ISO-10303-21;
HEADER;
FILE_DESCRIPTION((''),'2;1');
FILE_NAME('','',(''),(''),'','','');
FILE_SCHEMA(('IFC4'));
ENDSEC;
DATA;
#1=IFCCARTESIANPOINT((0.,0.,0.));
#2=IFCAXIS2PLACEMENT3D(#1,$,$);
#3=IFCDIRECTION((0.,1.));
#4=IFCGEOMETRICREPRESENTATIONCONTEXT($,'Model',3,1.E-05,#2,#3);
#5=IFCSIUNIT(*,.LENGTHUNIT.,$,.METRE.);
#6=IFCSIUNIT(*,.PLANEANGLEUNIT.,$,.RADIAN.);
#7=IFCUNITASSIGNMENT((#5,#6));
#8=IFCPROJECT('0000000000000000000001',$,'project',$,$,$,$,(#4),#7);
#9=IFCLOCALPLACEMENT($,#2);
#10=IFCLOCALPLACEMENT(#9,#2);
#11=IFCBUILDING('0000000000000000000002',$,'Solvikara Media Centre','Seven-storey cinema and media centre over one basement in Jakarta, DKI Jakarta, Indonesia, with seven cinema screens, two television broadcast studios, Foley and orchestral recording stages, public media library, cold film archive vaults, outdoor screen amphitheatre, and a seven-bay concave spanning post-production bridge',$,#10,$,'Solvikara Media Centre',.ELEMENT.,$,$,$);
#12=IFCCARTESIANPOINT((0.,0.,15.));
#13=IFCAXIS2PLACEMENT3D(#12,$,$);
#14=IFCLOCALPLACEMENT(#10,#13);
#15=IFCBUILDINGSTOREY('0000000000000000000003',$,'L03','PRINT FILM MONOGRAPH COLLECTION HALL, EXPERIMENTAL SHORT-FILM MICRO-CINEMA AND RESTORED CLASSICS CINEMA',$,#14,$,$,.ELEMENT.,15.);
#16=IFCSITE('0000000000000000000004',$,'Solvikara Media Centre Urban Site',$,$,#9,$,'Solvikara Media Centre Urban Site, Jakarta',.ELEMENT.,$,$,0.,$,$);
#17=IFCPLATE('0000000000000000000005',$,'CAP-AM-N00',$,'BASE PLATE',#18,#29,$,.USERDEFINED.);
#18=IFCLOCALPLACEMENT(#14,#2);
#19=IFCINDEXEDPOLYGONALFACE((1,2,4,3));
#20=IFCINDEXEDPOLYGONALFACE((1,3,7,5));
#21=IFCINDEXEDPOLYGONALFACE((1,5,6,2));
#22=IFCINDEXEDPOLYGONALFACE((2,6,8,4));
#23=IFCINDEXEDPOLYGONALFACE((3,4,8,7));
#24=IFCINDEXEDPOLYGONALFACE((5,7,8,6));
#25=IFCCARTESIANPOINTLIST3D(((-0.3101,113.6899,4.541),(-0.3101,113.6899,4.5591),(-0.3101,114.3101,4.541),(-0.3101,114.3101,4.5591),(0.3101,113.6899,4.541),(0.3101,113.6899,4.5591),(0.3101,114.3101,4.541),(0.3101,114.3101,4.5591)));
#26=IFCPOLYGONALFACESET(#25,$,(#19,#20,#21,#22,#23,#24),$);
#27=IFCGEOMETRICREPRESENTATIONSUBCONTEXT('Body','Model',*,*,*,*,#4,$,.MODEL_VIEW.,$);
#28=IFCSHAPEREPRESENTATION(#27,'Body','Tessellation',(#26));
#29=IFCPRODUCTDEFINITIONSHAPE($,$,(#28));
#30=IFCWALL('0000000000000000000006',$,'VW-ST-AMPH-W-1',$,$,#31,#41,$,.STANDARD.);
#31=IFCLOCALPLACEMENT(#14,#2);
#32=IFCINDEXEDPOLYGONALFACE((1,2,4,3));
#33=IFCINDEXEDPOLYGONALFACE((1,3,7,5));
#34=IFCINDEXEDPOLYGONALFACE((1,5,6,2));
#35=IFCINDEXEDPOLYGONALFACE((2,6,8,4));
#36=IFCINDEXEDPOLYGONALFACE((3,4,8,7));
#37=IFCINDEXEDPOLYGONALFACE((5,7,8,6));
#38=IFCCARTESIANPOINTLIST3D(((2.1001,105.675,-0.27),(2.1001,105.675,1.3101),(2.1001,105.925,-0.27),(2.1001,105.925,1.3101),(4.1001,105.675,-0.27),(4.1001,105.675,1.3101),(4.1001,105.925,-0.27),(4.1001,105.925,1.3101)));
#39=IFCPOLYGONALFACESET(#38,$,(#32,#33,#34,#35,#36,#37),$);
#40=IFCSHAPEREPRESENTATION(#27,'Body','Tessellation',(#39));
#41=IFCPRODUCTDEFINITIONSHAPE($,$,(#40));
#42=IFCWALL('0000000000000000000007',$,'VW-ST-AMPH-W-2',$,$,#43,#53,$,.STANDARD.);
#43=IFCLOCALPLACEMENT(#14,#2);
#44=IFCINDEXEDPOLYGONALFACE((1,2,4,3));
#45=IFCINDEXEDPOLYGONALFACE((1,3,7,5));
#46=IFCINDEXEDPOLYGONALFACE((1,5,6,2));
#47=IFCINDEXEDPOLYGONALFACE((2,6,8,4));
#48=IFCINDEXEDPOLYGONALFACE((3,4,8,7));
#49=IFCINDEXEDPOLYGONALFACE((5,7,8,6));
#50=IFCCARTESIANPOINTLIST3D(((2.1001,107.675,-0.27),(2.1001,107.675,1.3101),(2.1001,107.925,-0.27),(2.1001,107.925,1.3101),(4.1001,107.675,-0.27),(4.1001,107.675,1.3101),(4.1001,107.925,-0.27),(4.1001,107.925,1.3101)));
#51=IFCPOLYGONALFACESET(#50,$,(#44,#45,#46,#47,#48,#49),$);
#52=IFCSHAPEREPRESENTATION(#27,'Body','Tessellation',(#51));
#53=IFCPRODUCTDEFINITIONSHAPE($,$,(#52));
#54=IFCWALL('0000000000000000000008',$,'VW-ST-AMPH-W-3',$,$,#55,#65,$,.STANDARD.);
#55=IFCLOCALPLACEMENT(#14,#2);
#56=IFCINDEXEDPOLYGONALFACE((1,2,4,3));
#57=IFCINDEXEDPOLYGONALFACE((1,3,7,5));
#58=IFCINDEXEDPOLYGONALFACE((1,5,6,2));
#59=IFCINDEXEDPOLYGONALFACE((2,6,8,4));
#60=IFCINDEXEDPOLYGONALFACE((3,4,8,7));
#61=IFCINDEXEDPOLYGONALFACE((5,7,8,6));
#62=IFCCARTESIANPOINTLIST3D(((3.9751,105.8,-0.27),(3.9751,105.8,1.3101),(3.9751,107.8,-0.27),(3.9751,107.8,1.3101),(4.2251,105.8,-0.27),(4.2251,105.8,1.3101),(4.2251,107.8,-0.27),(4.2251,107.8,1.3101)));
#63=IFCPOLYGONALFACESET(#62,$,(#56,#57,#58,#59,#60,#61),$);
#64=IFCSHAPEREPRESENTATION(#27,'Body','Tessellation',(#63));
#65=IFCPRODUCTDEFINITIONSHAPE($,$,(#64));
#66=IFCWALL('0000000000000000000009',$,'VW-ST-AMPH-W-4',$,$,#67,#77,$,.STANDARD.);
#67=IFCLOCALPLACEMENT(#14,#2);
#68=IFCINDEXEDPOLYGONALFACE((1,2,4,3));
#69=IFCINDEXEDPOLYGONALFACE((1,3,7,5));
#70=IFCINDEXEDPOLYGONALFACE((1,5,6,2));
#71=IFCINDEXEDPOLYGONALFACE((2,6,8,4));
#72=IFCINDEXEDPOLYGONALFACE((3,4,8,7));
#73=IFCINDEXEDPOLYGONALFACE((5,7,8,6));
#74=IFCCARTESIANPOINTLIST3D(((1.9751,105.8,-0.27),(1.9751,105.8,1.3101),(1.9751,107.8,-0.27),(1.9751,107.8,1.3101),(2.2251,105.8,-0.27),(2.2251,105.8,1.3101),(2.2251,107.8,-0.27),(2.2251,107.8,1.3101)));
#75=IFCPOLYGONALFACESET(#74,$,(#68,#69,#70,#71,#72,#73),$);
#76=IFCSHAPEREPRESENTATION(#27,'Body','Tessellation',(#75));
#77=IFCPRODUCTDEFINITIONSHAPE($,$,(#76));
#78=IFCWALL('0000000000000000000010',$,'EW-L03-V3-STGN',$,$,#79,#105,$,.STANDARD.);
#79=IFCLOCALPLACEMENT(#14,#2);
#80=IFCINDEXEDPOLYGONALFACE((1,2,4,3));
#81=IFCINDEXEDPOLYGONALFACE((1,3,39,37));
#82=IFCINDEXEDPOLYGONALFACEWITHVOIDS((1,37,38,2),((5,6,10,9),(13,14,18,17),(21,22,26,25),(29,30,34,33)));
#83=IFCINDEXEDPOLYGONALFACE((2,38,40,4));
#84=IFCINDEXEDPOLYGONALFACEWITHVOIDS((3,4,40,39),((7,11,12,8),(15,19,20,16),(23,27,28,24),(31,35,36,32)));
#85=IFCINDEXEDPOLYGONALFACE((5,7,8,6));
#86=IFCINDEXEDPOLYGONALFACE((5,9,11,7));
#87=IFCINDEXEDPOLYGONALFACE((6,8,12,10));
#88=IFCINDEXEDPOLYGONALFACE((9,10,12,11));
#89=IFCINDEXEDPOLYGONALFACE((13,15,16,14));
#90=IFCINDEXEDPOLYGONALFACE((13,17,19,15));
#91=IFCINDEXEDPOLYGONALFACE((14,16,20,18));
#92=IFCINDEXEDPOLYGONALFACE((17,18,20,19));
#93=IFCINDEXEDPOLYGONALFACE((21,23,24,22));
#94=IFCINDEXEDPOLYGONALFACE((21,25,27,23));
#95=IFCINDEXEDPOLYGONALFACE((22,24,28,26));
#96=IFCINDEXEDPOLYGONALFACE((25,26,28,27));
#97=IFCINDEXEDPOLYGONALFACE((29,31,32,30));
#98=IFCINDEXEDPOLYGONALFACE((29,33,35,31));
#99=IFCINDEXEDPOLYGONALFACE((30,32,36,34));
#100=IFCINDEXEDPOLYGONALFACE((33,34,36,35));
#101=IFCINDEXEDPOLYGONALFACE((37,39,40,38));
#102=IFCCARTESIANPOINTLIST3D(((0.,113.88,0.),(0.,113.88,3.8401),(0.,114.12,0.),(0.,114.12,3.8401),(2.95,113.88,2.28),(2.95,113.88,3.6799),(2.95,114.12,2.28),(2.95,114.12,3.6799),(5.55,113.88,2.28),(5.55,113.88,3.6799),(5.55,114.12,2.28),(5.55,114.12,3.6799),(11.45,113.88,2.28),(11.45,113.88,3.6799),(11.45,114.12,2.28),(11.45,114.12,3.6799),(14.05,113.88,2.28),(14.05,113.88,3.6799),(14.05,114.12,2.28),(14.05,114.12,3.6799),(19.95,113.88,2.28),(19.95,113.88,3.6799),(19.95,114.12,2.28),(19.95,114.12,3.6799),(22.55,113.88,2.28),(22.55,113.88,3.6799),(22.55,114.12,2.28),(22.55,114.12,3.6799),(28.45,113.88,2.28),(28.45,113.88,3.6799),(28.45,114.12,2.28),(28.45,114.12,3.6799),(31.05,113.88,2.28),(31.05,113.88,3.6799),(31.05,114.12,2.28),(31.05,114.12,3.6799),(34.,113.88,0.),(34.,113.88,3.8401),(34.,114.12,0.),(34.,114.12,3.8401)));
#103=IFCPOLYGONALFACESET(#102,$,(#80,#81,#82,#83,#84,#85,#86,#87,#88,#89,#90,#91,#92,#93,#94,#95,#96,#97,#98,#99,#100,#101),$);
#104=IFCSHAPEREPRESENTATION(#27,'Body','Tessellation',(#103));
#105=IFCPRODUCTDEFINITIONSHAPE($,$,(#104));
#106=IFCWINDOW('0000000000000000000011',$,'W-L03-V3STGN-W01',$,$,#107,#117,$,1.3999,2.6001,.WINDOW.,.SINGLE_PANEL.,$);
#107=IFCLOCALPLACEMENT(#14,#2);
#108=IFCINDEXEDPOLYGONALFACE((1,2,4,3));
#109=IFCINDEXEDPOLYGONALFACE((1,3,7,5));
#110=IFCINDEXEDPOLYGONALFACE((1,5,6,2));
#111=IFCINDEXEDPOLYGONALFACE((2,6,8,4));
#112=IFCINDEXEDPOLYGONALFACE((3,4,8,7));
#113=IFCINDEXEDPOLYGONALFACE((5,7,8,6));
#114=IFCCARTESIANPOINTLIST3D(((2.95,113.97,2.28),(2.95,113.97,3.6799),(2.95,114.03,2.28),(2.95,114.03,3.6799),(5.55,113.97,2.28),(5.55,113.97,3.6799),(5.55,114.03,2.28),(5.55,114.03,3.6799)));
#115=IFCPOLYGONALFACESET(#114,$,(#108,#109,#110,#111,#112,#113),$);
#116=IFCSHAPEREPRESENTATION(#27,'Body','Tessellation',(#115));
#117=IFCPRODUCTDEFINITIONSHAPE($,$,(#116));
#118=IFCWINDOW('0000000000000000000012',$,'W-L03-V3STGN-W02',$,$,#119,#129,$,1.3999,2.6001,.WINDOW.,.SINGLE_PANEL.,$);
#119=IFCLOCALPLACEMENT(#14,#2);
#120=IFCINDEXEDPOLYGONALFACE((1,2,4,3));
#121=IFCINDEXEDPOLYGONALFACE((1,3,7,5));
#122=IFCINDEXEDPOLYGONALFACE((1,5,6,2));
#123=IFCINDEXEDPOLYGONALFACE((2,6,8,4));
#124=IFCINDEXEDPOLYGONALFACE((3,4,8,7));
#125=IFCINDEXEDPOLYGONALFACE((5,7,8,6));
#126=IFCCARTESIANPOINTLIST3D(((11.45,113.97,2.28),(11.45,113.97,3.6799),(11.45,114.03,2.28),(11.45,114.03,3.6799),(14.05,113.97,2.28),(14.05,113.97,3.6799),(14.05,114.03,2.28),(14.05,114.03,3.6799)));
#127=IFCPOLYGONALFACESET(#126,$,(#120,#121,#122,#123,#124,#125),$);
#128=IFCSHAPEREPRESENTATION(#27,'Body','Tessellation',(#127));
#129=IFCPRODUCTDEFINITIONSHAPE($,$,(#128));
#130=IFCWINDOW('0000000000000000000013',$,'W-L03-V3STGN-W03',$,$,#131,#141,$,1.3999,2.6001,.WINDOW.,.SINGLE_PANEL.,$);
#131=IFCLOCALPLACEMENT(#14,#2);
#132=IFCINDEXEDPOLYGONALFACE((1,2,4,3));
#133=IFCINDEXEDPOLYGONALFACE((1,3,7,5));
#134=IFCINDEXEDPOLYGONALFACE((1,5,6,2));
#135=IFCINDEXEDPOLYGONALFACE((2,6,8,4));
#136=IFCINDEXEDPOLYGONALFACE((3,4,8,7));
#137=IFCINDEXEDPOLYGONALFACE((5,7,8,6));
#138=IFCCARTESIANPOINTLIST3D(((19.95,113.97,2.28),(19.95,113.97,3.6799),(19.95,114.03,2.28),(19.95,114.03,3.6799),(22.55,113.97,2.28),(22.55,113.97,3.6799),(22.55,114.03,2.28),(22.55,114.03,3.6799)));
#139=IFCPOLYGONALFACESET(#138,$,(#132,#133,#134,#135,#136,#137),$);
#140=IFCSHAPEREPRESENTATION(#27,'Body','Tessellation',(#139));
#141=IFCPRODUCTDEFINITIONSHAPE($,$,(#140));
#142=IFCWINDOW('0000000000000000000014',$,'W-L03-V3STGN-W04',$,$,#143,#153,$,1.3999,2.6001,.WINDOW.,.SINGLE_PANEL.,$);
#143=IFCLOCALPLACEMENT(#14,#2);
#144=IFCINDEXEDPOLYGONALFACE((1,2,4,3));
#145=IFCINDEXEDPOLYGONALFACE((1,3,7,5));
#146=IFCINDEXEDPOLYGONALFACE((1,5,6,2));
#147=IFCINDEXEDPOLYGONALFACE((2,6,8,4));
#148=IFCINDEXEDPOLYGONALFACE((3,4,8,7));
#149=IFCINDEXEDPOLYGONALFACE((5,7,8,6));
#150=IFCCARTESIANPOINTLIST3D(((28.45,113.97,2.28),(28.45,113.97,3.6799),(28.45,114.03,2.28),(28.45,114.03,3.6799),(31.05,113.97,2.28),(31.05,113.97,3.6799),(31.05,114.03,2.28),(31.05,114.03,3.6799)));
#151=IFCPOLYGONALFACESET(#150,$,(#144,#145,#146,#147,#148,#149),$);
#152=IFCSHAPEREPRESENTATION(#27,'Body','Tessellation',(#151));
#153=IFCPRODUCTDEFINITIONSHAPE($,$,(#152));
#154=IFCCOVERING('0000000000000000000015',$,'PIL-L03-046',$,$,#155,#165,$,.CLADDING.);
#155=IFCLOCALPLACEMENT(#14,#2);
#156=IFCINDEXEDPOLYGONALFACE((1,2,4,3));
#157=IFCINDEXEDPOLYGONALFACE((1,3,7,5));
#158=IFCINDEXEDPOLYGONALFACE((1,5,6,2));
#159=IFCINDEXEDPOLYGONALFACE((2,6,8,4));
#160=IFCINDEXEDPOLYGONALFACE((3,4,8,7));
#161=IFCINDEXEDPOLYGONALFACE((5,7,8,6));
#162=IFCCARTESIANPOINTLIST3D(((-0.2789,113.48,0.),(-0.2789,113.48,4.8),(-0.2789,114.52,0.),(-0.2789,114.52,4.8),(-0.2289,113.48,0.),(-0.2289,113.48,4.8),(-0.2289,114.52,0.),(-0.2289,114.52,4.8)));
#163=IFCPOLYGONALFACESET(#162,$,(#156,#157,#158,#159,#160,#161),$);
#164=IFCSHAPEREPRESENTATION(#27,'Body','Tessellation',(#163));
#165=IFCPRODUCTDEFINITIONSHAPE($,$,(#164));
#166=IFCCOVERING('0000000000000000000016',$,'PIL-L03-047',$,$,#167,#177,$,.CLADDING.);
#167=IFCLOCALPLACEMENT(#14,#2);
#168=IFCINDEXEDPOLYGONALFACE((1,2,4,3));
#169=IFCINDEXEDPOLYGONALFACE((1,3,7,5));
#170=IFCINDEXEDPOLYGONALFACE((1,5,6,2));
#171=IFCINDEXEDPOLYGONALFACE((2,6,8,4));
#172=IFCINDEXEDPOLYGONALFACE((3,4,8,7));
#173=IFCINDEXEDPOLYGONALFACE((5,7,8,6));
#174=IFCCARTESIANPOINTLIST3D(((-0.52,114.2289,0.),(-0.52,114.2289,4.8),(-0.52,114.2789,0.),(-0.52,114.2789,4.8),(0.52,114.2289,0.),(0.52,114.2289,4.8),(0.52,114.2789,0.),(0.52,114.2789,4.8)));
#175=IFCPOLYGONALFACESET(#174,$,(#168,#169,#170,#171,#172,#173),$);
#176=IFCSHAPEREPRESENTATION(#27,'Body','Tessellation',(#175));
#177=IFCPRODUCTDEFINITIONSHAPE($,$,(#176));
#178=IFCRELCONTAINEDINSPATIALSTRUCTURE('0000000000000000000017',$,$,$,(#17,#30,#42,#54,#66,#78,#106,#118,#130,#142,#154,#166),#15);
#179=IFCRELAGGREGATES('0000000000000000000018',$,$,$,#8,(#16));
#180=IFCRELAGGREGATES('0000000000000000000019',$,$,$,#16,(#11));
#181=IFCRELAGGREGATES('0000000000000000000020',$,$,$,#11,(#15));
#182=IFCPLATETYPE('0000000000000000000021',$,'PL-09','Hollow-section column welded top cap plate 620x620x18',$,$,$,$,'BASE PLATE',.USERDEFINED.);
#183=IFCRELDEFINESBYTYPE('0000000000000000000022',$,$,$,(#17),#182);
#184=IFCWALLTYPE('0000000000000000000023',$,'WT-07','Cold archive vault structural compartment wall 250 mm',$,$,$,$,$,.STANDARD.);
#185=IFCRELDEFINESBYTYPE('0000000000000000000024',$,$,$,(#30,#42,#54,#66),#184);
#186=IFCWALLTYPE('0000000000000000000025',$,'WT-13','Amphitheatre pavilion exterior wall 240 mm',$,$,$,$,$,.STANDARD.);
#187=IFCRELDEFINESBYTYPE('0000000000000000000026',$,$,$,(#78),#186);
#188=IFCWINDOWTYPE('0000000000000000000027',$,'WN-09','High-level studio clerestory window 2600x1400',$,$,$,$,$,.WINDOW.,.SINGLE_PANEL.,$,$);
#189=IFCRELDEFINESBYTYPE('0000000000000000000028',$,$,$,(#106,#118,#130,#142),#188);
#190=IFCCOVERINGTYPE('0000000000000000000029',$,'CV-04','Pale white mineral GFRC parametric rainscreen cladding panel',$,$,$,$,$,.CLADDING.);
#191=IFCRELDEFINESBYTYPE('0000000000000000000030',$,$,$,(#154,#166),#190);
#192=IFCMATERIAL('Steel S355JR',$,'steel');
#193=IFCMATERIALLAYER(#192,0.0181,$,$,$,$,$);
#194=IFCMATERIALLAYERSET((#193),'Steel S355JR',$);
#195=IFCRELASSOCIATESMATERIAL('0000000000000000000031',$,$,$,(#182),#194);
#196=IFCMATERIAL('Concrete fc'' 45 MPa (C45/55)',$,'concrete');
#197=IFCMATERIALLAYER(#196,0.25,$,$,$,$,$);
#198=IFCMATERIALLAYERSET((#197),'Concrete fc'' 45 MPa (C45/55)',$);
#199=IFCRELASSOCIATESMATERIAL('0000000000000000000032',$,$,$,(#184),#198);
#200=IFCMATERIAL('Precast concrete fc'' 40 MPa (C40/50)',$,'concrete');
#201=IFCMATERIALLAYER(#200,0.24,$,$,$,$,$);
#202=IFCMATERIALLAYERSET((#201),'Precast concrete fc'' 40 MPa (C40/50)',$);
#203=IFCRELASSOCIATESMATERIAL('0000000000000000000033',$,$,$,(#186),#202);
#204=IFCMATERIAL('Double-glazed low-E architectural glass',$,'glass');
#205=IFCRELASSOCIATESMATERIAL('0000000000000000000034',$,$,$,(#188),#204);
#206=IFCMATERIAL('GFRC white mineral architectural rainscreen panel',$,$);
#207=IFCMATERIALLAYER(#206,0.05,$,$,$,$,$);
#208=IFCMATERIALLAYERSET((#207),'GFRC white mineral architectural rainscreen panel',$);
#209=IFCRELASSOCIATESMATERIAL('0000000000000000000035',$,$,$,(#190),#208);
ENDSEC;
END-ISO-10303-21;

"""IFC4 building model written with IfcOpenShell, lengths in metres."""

from ifc_helpers import new_model, si_unit, direction, frame, frame_2d, origin, origin_2d, place, context, subcontext, project, spatial, rectangle, extrude, material, layer, layer_set, type_object, element, fill, save


model = new_model("IFC4")

# Units and contexts
model_context = context("Model", 3, precision=1e-05, world=origin(), true_north=direction((0.0, 1.0)))
body_context = subcontext(model_context, "Body", "Model", "MODEL_VIEW")
ifc_project = project(units=[si_unit("LENGTHUNIT", "METRE"), si_unit("PLANEANGLEUNIT", "RADIAN")], contexts=[model_context])

# Site, building, storey
site_placement = place(None, origin())
site = spatial("IfcSite", under=ifc_project, at=site_placement, Name="Solvikara Media Centre Urban Site", LongName="Solvikara Media Centre Urban Site, Jakarta", CompositionType="ELEMENT", RefElevation=0.0)
building_placement = place(site_placement, origin())
building = spatial("IfcBuilding", under=site, at=building_placement, Name="Solvikara Media Centre", Description="Seven-storey cinema and media centre over one basement in Jakarta, DKI Jakarta, Indonesia, with seven cinema screens, two television broadcast studios, Foley and orchestral recording stages, public media library, cold film archive vaults, outdoor screen amphitheatre, and a seven-bay concave spanning post-production bridge", LongName="Solvikara Media Centre", CompositionType="ELEMENT")
storey_placement = place(building_placement, frame((0.0, 0.0, 15.0)))
storey = spatial("IfcBuildingStorey", under=building, at=storey_placement, Name="L03", Description="PRINT FILM MONOGRAPH COLLECTION HALL, EXPERIMENTAL SHORT-FILM MICRO-CINEMA AND RESTORED CLASSICS CINEMA", CompositionType="ELEMENT", Elevation=15.0)

# Shared definitions
ifc_material_1 = material(Name="Steel S355JR", Category="steel")

# Plate
ifc_layer_1 = layer(ifc_material_1, 0.0181)
ifc_layer_set_1 = layer_set([ifc_layer_1], Name="Steel S355JR")
plate_type = type_object("IfcPlateType", Name="PL-09", Description="Hollow-section column welded top cap plate 620x620x18", ElementType="BASE PLATE", PredefinedType="USERDEFINED", material=ifc_layer_set_1)
plate_placement = place(storey_placement, frame((0.0, 114.0, 4.541), z_axis=(0.0, 0.0, 1.0), x_axis=(1.0, 0.0, 0.0)))
element("IfcPlate", 1, at=plate_placement, inside=storey, type_object=plate_type, Name="CAP-AM-N00", ObjectType="BASE PLATE", PredefinedType="USERDEFINED", context=body_context, shape_type="SweptSolid", body=[
    extrude(rectangle(XDim=0.6201, YDim=0.6201, at=origin_2d()), origin(), (0.0, 0.0, 1.0), 0.0181),
])

# Walls
ifc_material_2 = material(Name="Concrete fc' 45 MPa (C45/55)", Category="concrete")
ifc_layer_2 = layer(ifc_material_2, 0.25)
ifc_layer_set_2 = layer_set([ifc_layer_2], Name="Concrete fc' 45 MPa (C45/55)")
wall_type_1 = type_object("IfcWallType", Name="WT-07", Description="Cold archive vault structural compartment wall 250 mm", PredefinedType="STANDARD", material=ifc_layer_set_2)
for number, where, z_axis, x_axis, name in (
    (2, (2.1001, 105.8, -0.27), (0.0, 0.0, 1.0), (1.0, 0.0, 0.0), "VW-ST-AMPH-W-1"),
    (3, (2.1001, 107.8, -0.27), (0.0, 0.0, 1.0), (1.0, 0.0, 0.0), "VW-ST-AMPH-W-2"),
    (4, (4.1001, 105.8, -0.27), (0.0, 0.0, 1.0), (0.0, 1.0, 0.0), "VW-ST-AMPH-W-3"),
    (5, (2.1001, 105.8, -0.27), (0.0, 0.0, 1.0), (0.0, 1.0, 0.0), "VW-ST-AMPH-W-4"),
):
    element("IfcWall", number, at=place(storey_placement, frame(where, z_axis=z_axis, x_axis=x_axis)), inside=storey, type_object=wall_type_1, Name=name, PredefinedType="STANDARD", context=body_context, shape_type="SweptSolid", body=[
        extrude(rectangle(XDim=2.0, YDim=0.25, at=frame_2d((1.0, 0.0))), origin(), (0.0, 0.0, 1.0), 1.5801),
    ])

# Wall, openings, windows
ifc_material_3 = material(Name="Precast concrete fc' 40 MPa (C40/50)", Category="concrete")
ifc_layer_3 = layer(ifc_material_3, 0.24)
ifc_layer_set_3 = layer_set([ifc_layer_3], Name="Precast concrete fc' 40 MPa (C40/50)")
wall_type_2 = type_object("IfcWallType", Name="WT-13", Description="Amphitheatre pavilion exterior wall 240 mm", PredefinedType="STANDARD", material=ifc_layer_set_3)
wall_placement = place(storey_placement, frame((0.0, 114.0, 0.0), z_axis=(0.0, 0.0, 1.0), x_axis=(1.0, 0.0, 0.0)))
wall = element("IfcWall", 6, at=wall_placement, inside=storey, type_object=wall_type_2, Name="EW-L03-V3-STGN", PredefinedType="STANDARD", context=body_context, shape_type="SweptSolid", body=[
    extrude(rectangle(XDim=34.0, YDim=0.24, at=frame_2d((17.0, 0.0))), origin(), (0.0, 0.0, 1.0), 3.8401),
])
opening_1_placement = place(wall_placement, frame((2.95, 0.0, 2.28)))
opening_1 = element("IfcOpeningElement", 7, at=opening_1_placement, cuts=wall, PredefinedType="OPENING", context=body_context, shape_type="SweptSolid", body=[
    extrude(rectangle(XDim=2.6001, YDim=1.3999, at=frame_2d((1.3, 0.7))), frame((0.0, 0.1318, 0.0), z_axis=(0.0, -1.0, 0.0), x_axis=(1.0, 0.0, 0.0)), (0.0, 0.0, 1.0), 0.2639),
])
opening_2_placement = place(wall_placement, frame((11.45, 0.0, 2.28)))
opening_2 = element("IfcOpeningElement", 8, at=opening_2_placement, cuts=wall, PredefinedType="OPENING", context=body_context, shape_type="SweptSolid", body=[
    extrude(rectangle(XDim=2.6001, YDim=1.3999, at=frame_2d((1.3, 0.7))), frame((0.0, 0.1318, 0.0), z_axis=(0.0, -1.0, 0.0), x_axis=(1.0, 0.0, 0.0)), (0.0, 0.0, 1.0), 0.2639),
])
opening_3_placement = place(wall_placement, frame((19.95, 0.0, 2.28)))
opening_3 = element("IfcOpeningElement", 9, at=opening_3_placement, cuts=wall, PredefinedType="OPENING", context=body_context, shape_type="SweptSolid", body=[
    extrude(rectangle(XDim=2.6001, YDim=1.3999, at=frame_2d((1.3, 0.7))), frame((0.0, 0.1318, 0.0), z_axis=(0.0, -1.0, 0.0), x_axis=(1.0, 0.0, 0.0)), (0.0, 0.0, 1.0), 0.2639),
])
opening_4_placement = place(wall_placement, frame((28.45, 0.0, 2.28)))
opening_4 = element("IfcOpeningElement", 10, at=opening_4_placement, cuts=wall, PredefinedType="OPENING", context=body_context, shape_type="SweptSolid", body=[
    extrude(rectangle(XDim=2.6001, YDim=1.3999, at=frame_2d((1.3, 0.7))), frame((0.0, 0.1318, 0.0), z_axis=(0.0, -1.0, 0.0), x_axis=(1.0, 0.0, 0.0)), (0.0, 0.0, 1.0), 0.2639),
])
ifc_material_4 = material(Name="Double-glazed low-E architectural glass", Category="glass")
window_type = type_object("IfcWindowType", Name="WN-09", Description="High-level studio clerestory window 2600x1400", PartitioningType="SINGLE_PANEL", PredefinedType="WINDOW", material=ifc_material_4)
window_1_placement = place(opening_1_placement, origin())
window_1 = element("IfcWindow", 11, at=window_1_placement, inside=storey, type_object=window_type, Name="W-L03-V3STGN-W01", OverallHeight=1.3999, OverallWidth=2.6001, PartitioningType="SINGLE_PANEL", PredefinedType="WINDOW", context=body_context, shape_type="SweptSolid", body=[
    extrude(rectangle(XDim=2.6001, YDim=1.3999, at=frame_2d((1.3, 0.7))), frame((0.0, 0.03, 0.0), z_axis=(0.0, -1.0, 0.0), x_axis=(1.0, 0.0, 0.0)), (0.0, 0.0, 1.0), 0.0601),
])
fill(opening_1, window_1)
window_2_placement = place(opening_2_placement, origin())
window_2 = element("IfcWindow", 12, at=window_2_placement, inside=storey, type_object=window_type, Name="W-L03-V3STGN-W02", OverallHeight=1.3999, OverallWidth=2.6001, PartitioningType="SINGLE_PANEL", PredefinedType="WINDOW", context=body_context, shape_type="SweptSolid", body=[
    extrude(rectangle(XDim=2.6001, YDim=1.3999, at=frame_2d((1.3, 0.7))), frame((0.0, 0.03, 0.0), z_axis=(0.0, -1.0, 0.0), x_axis=(1.0, 0.0, 0.0)), (0.0, 0.0, 1.0), 0.0601),
])
fill(opening_2, window_2)
window_3_placement = place(opening_3_placement, origin())
window_3 = element("IfcWindow", 13, at=window_3_placement, inside=storey, type_object=window_type, Name="W-L03-V3STGN-W03", OverallHeight=1.3999, OverallWidth=2.6001, PartitioningType="SINGLE_PANEL", PredefinedType="WINDOW", context=body_context, shape_type="SweptSolid", body=[
    extrude(rectangle(XDim=2.6001, YDim=1.3999, at=frame_2d((1.3, 0.7))), frame((0.0, 0.03, 0.0), z_axis=(0.0, -1.0, 0.0), x_axis=(1.0, 0.0, 0.0)), (0.0, 0.0, 1.0), 0.0601),
])
fill(opening_3, window_3)
window_4_placement = place(opening_4_placement, origin())
window_4 = element("IfcWindow", 14, at=window_4_placement, inside=storey, type_object=window_type, Name="W-L03-V3STGN-W04", OverallHeight=1.3999, OverallWidth=2.6001, PartitioningType="SINGLE_PANEL", PredefinedType="WINDOW", context=body_context, shape_type="SweptSolid", body=[
    extrude(rectangle(XDim=2.6001, YDim=1.3999, at=frame_2d((1.3, 0.7))), frame((0.0, 0.03, 0.0), z_axis=(0.0, -1.0, 0.0), x_axis=(1.0, 0.0, 0.0)), (0.0, 0.0, 1.0), 0.0601),
])
fill(opening_4, window_4)

# Coverings
ifc_material_5 = material(Name="GFRC white mineral architectural rainscreen panel")
ifc_layer_4 = layer(ifc_material_5, 0.05)
ifc_layer_set_4 = layer_set([ifc_layer_4], Name="GFRC white mineral architectural rainscreen panel")
covering_type = type_object("IfcCoveringType", Name="CV-04", Description="Pale white mineral GFRC parametric rainscreen cladding panel", PredefinedType="CLADDING", material=ifc_layer_set_4)
for number, where, z_axis, x_axis, name in (
    (15, (-0.2539, 114.0, 0.0), (0.0, 0.0, 1.0), (0.0, -1.0, 0.0), "PIL-L03-046"),
    (16, (0.0, 114.2539, 0.0), (0.0, 0.0, 1.0), (-1.0, 0.0, 0.0), "PIL-L03-047"),
):
    element("IfcCovering", number, at=place(storey_placement, frame(where, z_axis=z_axis, x_axis=x_axis)), inside=storey, type_object=covering_type, Name=name, PredefinedType="CLADDING", context=body_context, shape_type="SweptSolid", body=[
        extrude(rectangle(XDim=1.04, YDim=0.05, at=origin_2d()), origin(), (0.0, 0.0, 1.0), 4.8),
    ])

save(model, "model.ifc")
